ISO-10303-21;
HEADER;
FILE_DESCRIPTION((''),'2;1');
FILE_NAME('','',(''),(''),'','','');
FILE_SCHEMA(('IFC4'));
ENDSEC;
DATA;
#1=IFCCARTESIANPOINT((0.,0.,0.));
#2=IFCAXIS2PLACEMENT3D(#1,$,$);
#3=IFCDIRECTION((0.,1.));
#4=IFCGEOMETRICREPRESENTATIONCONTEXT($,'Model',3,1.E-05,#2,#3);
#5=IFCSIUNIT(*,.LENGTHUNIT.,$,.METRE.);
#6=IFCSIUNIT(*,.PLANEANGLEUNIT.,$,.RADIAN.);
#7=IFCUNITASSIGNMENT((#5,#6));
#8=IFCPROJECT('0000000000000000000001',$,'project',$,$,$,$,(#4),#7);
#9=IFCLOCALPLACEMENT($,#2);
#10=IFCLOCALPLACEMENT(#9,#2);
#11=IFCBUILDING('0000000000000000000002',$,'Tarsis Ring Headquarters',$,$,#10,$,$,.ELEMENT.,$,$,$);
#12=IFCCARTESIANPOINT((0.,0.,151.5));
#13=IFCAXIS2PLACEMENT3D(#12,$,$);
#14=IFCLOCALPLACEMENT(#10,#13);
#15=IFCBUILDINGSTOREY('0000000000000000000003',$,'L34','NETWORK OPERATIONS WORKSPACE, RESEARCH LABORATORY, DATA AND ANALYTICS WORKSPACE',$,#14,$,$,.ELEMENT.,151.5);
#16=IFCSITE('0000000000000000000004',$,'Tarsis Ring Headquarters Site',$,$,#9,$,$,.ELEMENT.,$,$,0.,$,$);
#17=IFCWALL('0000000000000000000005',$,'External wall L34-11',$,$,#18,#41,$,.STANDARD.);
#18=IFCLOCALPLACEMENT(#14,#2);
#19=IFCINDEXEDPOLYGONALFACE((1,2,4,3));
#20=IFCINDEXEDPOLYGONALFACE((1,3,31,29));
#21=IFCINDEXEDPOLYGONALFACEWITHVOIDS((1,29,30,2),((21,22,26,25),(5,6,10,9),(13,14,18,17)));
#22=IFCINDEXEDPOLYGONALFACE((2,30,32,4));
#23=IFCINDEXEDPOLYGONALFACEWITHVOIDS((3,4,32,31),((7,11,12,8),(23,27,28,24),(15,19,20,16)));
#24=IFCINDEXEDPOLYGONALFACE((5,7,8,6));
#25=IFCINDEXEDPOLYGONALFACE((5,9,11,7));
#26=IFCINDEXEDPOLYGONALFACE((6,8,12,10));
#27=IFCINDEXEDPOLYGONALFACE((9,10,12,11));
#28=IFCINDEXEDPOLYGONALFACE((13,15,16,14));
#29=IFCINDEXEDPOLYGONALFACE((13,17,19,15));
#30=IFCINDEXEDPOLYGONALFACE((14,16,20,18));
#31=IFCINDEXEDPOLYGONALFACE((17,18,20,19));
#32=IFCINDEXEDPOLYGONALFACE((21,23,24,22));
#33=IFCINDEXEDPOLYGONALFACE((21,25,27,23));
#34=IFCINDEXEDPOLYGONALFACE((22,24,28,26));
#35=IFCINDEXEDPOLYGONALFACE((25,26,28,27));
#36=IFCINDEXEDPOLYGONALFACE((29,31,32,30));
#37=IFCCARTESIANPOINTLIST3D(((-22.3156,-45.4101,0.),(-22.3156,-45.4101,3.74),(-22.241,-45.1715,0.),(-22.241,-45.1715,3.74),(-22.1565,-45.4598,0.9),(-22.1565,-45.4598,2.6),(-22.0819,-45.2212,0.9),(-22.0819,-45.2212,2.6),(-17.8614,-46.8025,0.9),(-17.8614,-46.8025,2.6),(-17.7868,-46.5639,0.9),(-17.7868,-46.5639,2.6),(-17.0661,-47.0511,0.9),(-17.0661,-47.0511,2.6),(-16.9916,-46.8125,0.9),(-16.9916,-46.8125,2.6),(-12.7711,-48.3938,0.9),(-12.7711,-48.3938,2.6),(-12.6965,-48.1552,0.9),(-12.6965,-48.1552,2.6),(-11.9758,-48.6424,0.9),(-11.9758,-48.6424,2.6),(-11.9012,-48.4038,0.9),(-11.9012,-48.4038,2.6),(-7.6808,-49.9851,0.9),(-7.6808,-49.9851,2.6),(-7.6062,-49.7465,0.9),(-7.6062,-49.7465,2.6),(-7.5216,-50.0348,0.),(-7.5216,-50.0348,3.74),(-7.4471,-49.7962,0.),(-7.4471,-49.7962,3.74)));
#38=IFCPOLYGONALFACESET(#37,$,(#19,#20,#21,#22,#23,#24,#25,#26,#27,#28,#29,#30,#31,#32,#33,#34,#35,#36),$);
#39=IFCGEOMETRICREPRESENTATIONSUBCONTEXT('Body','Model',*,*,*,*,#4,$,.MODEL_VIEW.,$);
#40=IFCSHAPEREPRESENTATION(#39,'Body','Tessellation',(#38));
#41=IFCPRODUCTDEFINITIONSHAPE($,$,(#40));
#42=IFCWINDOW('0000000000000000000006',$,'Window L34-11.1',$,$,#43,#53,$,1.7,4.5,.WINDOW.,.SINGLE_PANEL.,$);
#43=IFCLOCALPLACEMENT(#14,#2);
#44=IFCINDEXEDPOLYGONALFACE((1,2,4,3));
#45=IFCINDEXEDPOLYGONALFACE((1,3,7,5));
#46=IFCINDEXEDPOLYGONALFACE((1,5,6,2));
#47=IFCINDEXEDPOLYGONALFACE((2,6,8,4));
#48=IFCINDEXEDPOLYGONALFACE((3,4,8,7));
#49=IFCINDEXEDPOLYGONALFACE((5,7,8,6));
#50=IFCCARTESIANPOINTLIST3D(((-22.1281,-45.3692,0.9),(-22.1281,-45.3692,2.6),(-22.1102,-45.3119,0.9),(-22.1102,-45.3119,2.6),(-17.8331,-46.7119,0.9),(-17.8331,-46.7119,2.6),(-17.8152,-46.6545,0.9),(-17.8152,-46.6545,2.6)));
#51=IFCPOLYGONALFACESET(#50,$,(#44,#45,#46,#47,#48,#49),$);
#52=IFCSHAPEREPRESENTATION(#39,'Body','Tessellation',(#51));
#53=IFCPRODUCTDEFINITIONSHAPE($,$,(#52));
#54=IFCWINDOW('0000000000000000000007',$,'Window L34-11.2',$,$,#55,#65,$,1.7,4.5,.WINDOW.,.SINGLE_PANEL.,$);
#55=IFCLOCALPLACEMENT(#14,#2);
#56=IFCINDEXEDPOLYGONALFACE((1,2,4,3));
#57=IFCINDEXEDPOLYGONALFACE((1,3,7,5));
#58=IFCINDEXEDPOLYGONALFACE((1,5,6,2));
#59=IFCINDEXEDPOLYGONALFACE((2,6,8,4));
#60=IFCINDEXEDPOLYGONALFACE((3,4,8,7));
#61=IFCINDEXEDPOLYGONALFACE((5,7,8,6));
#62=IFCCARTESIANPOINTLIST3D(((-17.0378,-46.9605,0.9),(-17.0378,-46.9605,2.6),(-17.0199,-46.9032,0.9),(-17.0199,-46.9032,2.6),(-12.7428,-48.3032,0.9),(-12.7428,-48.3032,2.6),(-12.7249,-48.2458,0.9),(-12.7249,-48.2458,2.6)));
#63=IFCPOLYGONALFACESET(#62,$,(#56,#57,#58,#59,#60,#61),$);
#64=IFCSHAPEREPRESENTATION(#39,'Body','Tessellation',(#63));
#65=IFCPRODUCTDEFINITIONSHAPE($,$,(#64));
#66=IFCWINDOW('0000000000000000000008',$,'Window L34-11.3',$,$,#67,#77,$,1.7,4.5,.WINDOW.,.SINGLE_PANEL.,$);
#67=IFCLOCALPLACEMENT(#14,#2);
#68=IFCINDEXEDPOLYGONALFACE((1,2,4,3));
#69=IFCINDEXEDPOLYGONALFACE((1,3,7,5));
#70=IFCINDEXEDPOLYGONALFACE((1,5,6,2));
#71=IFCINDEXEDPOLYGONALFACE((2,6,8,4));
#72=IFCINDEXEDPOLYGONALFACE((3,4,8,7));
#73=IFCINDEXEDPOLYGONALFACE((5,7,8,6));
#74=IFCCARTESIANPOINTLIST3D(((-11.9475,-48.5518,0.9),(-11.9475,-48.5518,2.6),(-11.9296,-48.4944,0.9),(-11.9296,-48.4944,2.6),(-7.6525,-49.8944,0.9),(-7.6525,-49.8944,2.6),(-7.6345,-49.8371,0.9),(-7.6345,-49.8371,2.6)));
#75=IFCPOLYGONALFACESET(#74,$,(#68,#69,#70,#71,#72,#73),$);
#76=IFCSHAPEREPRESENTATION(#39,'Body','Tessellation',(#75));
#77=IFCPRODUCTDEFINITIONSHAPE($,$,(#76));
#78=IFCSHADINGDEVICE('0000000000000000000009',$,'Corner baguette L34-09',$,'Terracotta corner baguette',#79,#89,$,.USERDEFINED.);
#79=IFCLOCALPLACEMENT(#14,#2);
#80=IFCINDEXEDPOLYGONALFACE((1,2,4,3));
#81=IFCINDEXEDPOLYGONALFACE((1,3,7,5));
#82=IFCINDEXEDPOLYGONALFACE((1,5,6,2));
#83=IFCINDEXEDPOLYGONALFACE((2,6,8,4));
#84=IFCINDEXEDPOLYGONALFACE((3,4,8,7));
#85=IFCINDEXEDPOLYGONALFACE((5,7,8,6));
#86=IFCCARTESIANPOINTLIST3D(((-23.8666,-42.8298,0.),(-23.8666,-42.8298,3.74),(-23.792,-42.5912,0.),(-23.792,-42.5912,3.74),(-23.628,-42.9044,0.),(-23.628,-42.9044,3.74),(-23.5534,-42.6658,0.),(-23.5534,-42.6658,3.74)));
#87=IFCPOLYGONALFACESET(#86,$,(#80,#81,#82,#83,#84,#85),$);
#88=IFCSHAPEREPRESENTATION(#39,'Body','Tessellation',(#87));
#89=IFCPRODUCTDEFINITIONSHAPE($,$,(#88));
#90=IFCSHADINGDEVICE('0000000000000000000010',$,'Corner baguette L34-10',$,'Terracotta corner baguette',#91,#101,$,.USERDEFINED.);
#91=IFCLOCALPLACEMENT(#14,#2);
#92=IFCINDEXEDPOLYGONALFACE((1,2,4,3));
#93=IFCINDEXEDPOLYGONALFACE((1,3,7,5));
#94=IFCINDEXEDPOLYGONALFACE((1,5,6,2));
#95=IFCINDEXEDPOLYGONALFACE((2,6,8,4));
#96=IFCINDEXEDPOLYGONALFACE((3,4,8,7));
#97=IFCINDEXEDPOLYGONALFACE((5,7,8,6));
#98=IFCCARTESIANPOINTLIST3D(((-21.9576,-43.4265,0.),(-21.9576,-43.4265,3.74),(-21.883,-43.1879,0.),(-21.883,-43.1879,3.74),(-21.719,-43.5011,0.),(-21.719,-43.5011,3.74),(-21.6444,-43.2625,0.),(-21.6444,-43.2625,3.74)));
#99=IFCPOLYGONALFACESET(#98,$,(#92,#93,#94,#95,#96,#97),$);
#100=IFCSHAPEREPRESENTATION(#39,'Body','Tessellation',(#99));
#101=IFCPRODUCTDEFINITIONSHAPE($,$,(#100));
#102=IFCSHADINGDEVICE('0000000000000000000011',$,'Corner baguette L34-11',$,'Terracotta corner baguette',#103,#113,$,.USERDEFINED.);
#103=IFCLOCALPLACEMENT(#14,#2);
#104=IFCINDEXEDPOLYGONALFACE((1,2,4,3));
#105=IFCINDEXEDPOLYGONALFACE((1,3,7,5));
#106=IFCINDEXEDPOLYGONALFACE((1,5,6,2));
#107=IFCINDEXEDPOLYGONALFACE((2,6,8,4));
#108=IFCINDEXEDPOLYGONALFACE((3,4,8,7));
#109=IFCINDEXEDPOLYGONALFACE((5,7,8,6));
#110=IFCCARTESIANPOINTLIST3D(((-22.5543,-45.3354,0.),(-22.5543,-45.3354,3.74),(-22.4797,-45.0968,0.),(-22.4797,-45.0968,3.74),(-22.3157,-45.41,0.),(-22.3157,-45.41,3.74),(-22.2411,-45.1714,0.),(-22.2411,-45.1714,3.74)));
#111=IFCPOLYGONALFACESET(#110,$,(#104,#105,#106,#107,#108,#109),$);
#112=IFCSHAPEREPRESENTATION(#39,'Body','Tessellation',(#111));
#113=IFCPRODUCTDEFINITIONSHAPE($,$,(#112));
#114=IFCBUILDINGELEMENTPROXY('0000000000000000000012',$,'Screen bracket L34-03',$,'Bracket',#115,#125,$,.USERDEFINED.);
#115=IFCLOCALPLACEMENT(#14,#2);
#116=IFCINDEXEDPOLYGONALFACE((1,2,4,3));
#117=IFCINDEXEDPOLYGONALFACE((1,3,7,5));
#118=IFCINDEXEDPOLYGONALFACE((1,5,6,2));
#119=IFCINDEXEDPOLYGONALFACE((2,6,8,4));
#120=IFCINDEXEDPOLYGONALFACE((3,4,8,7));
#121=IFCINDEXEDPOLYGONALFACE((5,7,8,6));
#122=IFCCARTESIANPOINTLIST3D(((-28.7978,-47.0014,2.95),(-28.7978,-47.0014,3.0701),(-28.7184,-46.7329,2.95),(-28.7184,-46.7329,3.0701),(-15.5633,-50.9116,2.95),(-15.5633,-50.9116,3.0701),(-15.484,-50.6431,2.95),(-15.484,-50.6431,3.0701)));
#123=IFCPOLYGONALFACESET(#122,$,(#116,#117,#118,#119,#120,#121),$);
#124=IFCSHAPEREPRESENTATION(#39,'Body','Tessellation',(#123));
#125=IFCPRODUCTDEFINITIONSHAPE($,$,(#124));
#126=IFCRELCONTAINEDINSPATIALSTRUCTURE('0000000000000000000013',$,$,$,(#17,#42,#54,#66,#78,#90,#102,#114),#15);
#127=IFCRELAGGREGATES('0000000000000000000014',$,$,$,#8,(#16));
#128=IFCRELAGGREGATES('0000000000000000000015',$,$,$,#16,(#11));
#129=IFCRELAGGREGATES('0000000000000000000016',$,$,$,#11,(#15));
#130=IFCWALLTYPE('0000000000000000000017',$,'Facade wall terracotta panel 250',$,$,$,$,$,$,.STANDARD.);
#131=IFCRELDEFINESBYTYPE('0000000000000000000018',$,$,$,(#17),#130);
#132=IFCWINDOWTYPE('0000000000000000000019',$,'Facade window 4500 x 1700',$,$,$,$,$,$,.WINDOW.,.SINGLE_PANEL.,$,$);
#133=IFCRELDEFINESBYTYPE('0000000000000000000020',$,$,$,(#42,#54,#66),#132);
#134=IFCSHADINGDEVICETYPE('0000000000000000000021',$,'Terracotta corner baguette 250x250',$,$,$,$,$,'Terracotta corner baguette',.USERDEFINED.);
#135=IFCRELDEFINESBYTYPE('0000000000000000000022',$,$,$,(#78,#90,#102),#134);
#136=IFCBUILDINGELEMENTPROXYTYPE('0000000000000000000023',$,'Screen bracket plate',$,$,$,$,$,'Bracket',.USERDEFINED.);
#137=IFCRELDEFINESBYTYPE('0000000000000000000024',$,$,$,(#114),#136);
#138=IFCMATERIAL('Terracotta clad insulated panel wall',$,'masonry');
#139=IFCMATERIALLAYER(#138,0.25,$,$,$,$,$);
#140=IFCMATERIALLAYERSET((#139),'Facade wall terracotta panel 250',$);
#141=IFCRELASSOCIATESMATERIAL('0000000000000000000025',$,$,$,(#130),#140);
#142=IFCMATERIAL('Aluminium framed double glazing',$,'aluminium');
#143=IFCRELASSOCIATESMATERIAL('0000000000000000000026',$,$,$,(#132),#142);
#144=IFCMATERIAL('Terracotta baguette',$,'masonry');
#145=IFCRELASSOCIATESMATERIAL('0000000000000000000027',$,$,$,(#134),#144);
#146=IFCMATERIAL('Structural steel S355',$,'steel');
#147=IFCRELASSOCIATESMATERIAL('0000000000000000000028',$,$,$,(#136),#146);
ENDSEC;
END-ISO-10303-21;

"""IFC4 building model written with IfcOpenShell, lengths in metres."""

from ifc_helpers import new_model, si_unit, direction, frame, frame_2d, origin, origin_2d, place, context, subcontext, project, spatial, rectangle, extrude, material, layer, layer_set, type_object, element, fill, save


model = new_model("IFC4")

# Units and contexts
model_context = context("Model", 3, precision=1e-05, world=origin(), true_north=direction((0.0, 1.0)))
body_context = subcontext(model_context, "Body", "Model", "MODEL_VIEW")
ifc_project = project(units=[si_unit("LENGTHUNIT", "METRE"), si_unit("PLANEANGLEUNIT", "RADIAN")], contexts=[model_context])

# Site, building, storey
site_placement = place(None, origin())
site = spatial("IfcSite", under=ifc_project, at=site_placement, Name="Tarsis Ring Headquarters Site", CompositionType="ELEMENT", RefElevation=0.0)
building_placement = place(site_placement, origin())
building = spatial("IfcBuilding", under=site, at=building_placement, Name="Tarsis Ring Headquarters", CompositionType="ELEMENT")
storey_placement = place(building_placement, frame((0.0, 0.0, 151.5)))
storey = spatial("IfcBuildingStorey", under=building, at=storey_placement, Name="L34", Description="NETWORK OPERATIONS WORKSPACE, RESEARCH LABORATORY, DATA AND ANALYTICS WORKSPACE", CompositionType="ELEMENT", Elevation=151.5)

# Shared definitions
ifc_material_1 = material(Name="Structural steel S355", Category="steel")

# Shared definitions
ifc_material_2 = material(Name="Terracotta clad insulated panel wall", Category="masonry")
ifc_layer_1 = layer(ifc_material_2, 0.25)
ifc_layer_set_1 = layer_set([ifc_layer_1], Name="Facade wall terracotta panel 250")
wall_type_1 = type_object("IfcWallType", Name="Facade wall terracotta panel 250", PredefinedType="STANDARD", material=ifc_layer_set_1)

# Wall, openings, windows
wall_1_placement = place(storey_placement, frame((-22.2783, -45.2908, 0.0), z_axis=(0.0, 0.0, 1.0), x_axis=(0.95445, -0.298372, 0.0)))
wall_1 = element("IfcWall", 1, at=wall_1_placement, inside=storey, type_object=wall_type_1, Name="External wall L34-11", PredefinedType="STANDARD", context=body_context, shape_type="SweptSolid", body=[
    extrude(rectangle(XDim=15.5, YDim=0.25, at=frame_2d((7.75, 0.0))), origin(), (0.0, 0.0, 1.0), 3.74),
])
opening_1_placement = place(wall_1_placement, frame((0.1667, 0.0, 0.8999)))
opening_1 = element("IfcOpeningElement", 2, at=opening_1_placement, cuts=wall_1, PredefinedType="OPENING", context=body_context, shape_type="SweptSolid", body=[
    extrude(rectangle(XDim=4.5, YDim=1.7, at=frame_2d((2.25, 0.8501))), frame((0.0, 0.135, 0.0), z_axis=(0.0, -1.0, 0.0), x_axis=(1.0, 0.0, 0.0)), (0.0, 0.0, 1.0), 0.27),
])
opening_2_placement = place(wall_1_placement, frame((5.5, 0.0, 0.8999)))
opening_2 = element("IfcOpeningElement", 3, at=opening_2_placement, cuts=wall_1, PredefinedType="OPENING", context=body_context, shape_type="SweptSolid", body=[
    extrude(rectangle(XDim=4.5, YDim=1.7, at=frame_2d((2.25, 0.8501))), frame((0.0, 0.135, 0.0), z_axis=(0.0, -1.0, 0.0), x_axis=(1.0, 0.0, 0.0)), (0.0, 0.0, 1.0), 0.27),
])
opening_3_placement = place(wall_1_placement, frame((10.8333, 0.0, 0.8999)))
opening_3 = element("IfcOpeningElement", 4, at=opening_3_placement, cuts=wall_1, PredefinedType="OPENING", context=body_context, shape_type="SweptSolid", body=[
    extrude(rectangle(XDim=4.5, YDim=1.7, at=frame_2d((2.25, 0.8501))), frame((0.0, 0.135, 0.0), z_axis=(0.0, -1.0, 0.0), x_axis=(1.0, 0.0, 0.0)), (0.0, 0.0, 1.0), 0.27),
])
ifc_material_3 = material(Name="Aluminium framed double glazing", Category="aluminium")
window_type = type_object("IfcWindowType", Name="Facade window 4500 x 1700", PartitioningType="SINGLE_PANEL", PredefinedType="WINDOW", material=ifc_material_3)
window_1_placement = place(opening_1_placement, origin())
window_1 = element("IfcWindow", 5, at=window_1_placement, inside=storey, type_object=window_type, Name="Window L34-11.1", OverallHeight=1.7, OverallWidth=4.5, PartitioningType="SINGLE_PANEL", PredefinedType="WINDOW", context=body_context, shape_type="SweptSolid", body=[
    extrude(rectangle(XDim=4.5, YDim=1.7, at=frame_2d((2.25, 0.8501))), frame((0.0, 0.03, 0.0), z_axis=(0.0, -1.0, 0.0), x_axis=(1.0, 0.0, 0.0)), (0.0, 0.0, 1.0), 0.0601),
])
fill(opening_1, window_1)
window_2_placement = place(opening_2_placement, origin())
window_2 = element("IfcWindow", 6, at=window_2_placement, inside=storey, type_object=window_type, Name="Window L34-11.2", OverallHeight=1.7, OverallWidth=4.5, PartitioningType="SINGLE_PANEL", PredefinedType="WINDOW", context=body_context, shape_type="SweptSolid", body=[
    extrude(rectangle(XDim=4.5, YDim=1.7, at=frame_2d((2.25, 0.8501))), frame((0.0, 0.03, 0.0), z_axis=(0.0, -1.0, 0.0), x_axis=(1.0, 0.0, 0.0)), (0.0, 0.0, 1.0), 0.0601),
])
fill(opening_2, window_2)
window_3_placement = place(opening_3_placement, origin())
window_3 = element("IfcWindow", 7, at=window_3_placement, inside=storey, type_object=window_type, Name="Window L34-11.3", OverallHeight=1.7, OverallWidth=4.5, PartitioningType="SINGLE_PANEL", PredefinedType="WINDOW", context=body_context, shape_type="SweptSolid", body=[
    extrude(rectangle(XDim=4.5, YDim=1.7, at=frame_2d((2.25, 0.8501))), frame((0.0, 0.03, 0.0), z_axis=(0.0, -1.0, 0.0), x_axis=(1.0, 0.0, 0.0)), (0.0, 0.0, 1.0), 0.0601),
])
fill(opening_3, window_3)

# Shading devices
ifc_material_4 = material(Name="Terracotta baguette", Category="masonry")
shading_device_type_1 = type_object("IfcShadingDeviceType", Name="Terracotta corner baguette 250x250", ElementType="Terracotta corner baguette", PredefinedType="USERDEFINED", material=ifc_material_4)
for number, where, z_axis, x_axis, name in (
    (8, (-23.71, -42.7478, 0.0), (0.0, 0.0, 1.0), (-0.298374, -0.954449, 0.0), "Corner baguette L34-09"),
    (9, (-21.801, -43.3445, 0.0), (0.0, 0.0, 1.0), (0.954449, -0.298375, 0.0), "Corner baguette L34-10"),
    (10, (-22.3977, -45.2534, 0.0), (0.0, 0.0, 1.0), (-0.298374, -0.954449, 0.0), "Corner baguette L34-11"),
):
    element("IfcShadingDevice", number, at=place(storey_placement, frame(where, z_axis=z_axis, x_axis=x_axis)), inside=storey, type_object=shading_device_type_1, Name=name, ObjectType="Terracotta corner baguette", PredefinedType="USERDEFINED", context=body_context, shape_type="SweptSolid", body=[
        extrude(rectangle(XDim=0.25, YDim=0.25, at=origin_2d()), origin(), (0.0, 0.0, 1.0), 3.74),
    ])

# Building element proxy
building_element_proxy_type = type_object("IfcBuildingElementProxyType", Name="Screen bracket plate", ElementType="Bracket", PredefinedType="USERDEFINED", material=ifc_material_1)
proxy_placement = place(storey_placement, frame((-22.1409, -48.8223, 2.95), z_axis=(0.0, 0.0, 1.0), x_axis=(0.959018, -0.283346, 0.0)))
element("IfcBuildingElementProxy", 11, at=proxy_placement, inside=storey, type_object=building_element_proxy_type, Name="Screen bracket L34-03", ObjectType="Bracket", PredefinedType="USERDEFINED", context=body_context, shape_type="SweptSolid", body=[
    extrude(rectangle(XDim=13.8, YDim=0.28, at=origin_2d()), origin(), (0.0, 0.0, 1.0), 0.1201),
])

save(model, "model.ifc")
